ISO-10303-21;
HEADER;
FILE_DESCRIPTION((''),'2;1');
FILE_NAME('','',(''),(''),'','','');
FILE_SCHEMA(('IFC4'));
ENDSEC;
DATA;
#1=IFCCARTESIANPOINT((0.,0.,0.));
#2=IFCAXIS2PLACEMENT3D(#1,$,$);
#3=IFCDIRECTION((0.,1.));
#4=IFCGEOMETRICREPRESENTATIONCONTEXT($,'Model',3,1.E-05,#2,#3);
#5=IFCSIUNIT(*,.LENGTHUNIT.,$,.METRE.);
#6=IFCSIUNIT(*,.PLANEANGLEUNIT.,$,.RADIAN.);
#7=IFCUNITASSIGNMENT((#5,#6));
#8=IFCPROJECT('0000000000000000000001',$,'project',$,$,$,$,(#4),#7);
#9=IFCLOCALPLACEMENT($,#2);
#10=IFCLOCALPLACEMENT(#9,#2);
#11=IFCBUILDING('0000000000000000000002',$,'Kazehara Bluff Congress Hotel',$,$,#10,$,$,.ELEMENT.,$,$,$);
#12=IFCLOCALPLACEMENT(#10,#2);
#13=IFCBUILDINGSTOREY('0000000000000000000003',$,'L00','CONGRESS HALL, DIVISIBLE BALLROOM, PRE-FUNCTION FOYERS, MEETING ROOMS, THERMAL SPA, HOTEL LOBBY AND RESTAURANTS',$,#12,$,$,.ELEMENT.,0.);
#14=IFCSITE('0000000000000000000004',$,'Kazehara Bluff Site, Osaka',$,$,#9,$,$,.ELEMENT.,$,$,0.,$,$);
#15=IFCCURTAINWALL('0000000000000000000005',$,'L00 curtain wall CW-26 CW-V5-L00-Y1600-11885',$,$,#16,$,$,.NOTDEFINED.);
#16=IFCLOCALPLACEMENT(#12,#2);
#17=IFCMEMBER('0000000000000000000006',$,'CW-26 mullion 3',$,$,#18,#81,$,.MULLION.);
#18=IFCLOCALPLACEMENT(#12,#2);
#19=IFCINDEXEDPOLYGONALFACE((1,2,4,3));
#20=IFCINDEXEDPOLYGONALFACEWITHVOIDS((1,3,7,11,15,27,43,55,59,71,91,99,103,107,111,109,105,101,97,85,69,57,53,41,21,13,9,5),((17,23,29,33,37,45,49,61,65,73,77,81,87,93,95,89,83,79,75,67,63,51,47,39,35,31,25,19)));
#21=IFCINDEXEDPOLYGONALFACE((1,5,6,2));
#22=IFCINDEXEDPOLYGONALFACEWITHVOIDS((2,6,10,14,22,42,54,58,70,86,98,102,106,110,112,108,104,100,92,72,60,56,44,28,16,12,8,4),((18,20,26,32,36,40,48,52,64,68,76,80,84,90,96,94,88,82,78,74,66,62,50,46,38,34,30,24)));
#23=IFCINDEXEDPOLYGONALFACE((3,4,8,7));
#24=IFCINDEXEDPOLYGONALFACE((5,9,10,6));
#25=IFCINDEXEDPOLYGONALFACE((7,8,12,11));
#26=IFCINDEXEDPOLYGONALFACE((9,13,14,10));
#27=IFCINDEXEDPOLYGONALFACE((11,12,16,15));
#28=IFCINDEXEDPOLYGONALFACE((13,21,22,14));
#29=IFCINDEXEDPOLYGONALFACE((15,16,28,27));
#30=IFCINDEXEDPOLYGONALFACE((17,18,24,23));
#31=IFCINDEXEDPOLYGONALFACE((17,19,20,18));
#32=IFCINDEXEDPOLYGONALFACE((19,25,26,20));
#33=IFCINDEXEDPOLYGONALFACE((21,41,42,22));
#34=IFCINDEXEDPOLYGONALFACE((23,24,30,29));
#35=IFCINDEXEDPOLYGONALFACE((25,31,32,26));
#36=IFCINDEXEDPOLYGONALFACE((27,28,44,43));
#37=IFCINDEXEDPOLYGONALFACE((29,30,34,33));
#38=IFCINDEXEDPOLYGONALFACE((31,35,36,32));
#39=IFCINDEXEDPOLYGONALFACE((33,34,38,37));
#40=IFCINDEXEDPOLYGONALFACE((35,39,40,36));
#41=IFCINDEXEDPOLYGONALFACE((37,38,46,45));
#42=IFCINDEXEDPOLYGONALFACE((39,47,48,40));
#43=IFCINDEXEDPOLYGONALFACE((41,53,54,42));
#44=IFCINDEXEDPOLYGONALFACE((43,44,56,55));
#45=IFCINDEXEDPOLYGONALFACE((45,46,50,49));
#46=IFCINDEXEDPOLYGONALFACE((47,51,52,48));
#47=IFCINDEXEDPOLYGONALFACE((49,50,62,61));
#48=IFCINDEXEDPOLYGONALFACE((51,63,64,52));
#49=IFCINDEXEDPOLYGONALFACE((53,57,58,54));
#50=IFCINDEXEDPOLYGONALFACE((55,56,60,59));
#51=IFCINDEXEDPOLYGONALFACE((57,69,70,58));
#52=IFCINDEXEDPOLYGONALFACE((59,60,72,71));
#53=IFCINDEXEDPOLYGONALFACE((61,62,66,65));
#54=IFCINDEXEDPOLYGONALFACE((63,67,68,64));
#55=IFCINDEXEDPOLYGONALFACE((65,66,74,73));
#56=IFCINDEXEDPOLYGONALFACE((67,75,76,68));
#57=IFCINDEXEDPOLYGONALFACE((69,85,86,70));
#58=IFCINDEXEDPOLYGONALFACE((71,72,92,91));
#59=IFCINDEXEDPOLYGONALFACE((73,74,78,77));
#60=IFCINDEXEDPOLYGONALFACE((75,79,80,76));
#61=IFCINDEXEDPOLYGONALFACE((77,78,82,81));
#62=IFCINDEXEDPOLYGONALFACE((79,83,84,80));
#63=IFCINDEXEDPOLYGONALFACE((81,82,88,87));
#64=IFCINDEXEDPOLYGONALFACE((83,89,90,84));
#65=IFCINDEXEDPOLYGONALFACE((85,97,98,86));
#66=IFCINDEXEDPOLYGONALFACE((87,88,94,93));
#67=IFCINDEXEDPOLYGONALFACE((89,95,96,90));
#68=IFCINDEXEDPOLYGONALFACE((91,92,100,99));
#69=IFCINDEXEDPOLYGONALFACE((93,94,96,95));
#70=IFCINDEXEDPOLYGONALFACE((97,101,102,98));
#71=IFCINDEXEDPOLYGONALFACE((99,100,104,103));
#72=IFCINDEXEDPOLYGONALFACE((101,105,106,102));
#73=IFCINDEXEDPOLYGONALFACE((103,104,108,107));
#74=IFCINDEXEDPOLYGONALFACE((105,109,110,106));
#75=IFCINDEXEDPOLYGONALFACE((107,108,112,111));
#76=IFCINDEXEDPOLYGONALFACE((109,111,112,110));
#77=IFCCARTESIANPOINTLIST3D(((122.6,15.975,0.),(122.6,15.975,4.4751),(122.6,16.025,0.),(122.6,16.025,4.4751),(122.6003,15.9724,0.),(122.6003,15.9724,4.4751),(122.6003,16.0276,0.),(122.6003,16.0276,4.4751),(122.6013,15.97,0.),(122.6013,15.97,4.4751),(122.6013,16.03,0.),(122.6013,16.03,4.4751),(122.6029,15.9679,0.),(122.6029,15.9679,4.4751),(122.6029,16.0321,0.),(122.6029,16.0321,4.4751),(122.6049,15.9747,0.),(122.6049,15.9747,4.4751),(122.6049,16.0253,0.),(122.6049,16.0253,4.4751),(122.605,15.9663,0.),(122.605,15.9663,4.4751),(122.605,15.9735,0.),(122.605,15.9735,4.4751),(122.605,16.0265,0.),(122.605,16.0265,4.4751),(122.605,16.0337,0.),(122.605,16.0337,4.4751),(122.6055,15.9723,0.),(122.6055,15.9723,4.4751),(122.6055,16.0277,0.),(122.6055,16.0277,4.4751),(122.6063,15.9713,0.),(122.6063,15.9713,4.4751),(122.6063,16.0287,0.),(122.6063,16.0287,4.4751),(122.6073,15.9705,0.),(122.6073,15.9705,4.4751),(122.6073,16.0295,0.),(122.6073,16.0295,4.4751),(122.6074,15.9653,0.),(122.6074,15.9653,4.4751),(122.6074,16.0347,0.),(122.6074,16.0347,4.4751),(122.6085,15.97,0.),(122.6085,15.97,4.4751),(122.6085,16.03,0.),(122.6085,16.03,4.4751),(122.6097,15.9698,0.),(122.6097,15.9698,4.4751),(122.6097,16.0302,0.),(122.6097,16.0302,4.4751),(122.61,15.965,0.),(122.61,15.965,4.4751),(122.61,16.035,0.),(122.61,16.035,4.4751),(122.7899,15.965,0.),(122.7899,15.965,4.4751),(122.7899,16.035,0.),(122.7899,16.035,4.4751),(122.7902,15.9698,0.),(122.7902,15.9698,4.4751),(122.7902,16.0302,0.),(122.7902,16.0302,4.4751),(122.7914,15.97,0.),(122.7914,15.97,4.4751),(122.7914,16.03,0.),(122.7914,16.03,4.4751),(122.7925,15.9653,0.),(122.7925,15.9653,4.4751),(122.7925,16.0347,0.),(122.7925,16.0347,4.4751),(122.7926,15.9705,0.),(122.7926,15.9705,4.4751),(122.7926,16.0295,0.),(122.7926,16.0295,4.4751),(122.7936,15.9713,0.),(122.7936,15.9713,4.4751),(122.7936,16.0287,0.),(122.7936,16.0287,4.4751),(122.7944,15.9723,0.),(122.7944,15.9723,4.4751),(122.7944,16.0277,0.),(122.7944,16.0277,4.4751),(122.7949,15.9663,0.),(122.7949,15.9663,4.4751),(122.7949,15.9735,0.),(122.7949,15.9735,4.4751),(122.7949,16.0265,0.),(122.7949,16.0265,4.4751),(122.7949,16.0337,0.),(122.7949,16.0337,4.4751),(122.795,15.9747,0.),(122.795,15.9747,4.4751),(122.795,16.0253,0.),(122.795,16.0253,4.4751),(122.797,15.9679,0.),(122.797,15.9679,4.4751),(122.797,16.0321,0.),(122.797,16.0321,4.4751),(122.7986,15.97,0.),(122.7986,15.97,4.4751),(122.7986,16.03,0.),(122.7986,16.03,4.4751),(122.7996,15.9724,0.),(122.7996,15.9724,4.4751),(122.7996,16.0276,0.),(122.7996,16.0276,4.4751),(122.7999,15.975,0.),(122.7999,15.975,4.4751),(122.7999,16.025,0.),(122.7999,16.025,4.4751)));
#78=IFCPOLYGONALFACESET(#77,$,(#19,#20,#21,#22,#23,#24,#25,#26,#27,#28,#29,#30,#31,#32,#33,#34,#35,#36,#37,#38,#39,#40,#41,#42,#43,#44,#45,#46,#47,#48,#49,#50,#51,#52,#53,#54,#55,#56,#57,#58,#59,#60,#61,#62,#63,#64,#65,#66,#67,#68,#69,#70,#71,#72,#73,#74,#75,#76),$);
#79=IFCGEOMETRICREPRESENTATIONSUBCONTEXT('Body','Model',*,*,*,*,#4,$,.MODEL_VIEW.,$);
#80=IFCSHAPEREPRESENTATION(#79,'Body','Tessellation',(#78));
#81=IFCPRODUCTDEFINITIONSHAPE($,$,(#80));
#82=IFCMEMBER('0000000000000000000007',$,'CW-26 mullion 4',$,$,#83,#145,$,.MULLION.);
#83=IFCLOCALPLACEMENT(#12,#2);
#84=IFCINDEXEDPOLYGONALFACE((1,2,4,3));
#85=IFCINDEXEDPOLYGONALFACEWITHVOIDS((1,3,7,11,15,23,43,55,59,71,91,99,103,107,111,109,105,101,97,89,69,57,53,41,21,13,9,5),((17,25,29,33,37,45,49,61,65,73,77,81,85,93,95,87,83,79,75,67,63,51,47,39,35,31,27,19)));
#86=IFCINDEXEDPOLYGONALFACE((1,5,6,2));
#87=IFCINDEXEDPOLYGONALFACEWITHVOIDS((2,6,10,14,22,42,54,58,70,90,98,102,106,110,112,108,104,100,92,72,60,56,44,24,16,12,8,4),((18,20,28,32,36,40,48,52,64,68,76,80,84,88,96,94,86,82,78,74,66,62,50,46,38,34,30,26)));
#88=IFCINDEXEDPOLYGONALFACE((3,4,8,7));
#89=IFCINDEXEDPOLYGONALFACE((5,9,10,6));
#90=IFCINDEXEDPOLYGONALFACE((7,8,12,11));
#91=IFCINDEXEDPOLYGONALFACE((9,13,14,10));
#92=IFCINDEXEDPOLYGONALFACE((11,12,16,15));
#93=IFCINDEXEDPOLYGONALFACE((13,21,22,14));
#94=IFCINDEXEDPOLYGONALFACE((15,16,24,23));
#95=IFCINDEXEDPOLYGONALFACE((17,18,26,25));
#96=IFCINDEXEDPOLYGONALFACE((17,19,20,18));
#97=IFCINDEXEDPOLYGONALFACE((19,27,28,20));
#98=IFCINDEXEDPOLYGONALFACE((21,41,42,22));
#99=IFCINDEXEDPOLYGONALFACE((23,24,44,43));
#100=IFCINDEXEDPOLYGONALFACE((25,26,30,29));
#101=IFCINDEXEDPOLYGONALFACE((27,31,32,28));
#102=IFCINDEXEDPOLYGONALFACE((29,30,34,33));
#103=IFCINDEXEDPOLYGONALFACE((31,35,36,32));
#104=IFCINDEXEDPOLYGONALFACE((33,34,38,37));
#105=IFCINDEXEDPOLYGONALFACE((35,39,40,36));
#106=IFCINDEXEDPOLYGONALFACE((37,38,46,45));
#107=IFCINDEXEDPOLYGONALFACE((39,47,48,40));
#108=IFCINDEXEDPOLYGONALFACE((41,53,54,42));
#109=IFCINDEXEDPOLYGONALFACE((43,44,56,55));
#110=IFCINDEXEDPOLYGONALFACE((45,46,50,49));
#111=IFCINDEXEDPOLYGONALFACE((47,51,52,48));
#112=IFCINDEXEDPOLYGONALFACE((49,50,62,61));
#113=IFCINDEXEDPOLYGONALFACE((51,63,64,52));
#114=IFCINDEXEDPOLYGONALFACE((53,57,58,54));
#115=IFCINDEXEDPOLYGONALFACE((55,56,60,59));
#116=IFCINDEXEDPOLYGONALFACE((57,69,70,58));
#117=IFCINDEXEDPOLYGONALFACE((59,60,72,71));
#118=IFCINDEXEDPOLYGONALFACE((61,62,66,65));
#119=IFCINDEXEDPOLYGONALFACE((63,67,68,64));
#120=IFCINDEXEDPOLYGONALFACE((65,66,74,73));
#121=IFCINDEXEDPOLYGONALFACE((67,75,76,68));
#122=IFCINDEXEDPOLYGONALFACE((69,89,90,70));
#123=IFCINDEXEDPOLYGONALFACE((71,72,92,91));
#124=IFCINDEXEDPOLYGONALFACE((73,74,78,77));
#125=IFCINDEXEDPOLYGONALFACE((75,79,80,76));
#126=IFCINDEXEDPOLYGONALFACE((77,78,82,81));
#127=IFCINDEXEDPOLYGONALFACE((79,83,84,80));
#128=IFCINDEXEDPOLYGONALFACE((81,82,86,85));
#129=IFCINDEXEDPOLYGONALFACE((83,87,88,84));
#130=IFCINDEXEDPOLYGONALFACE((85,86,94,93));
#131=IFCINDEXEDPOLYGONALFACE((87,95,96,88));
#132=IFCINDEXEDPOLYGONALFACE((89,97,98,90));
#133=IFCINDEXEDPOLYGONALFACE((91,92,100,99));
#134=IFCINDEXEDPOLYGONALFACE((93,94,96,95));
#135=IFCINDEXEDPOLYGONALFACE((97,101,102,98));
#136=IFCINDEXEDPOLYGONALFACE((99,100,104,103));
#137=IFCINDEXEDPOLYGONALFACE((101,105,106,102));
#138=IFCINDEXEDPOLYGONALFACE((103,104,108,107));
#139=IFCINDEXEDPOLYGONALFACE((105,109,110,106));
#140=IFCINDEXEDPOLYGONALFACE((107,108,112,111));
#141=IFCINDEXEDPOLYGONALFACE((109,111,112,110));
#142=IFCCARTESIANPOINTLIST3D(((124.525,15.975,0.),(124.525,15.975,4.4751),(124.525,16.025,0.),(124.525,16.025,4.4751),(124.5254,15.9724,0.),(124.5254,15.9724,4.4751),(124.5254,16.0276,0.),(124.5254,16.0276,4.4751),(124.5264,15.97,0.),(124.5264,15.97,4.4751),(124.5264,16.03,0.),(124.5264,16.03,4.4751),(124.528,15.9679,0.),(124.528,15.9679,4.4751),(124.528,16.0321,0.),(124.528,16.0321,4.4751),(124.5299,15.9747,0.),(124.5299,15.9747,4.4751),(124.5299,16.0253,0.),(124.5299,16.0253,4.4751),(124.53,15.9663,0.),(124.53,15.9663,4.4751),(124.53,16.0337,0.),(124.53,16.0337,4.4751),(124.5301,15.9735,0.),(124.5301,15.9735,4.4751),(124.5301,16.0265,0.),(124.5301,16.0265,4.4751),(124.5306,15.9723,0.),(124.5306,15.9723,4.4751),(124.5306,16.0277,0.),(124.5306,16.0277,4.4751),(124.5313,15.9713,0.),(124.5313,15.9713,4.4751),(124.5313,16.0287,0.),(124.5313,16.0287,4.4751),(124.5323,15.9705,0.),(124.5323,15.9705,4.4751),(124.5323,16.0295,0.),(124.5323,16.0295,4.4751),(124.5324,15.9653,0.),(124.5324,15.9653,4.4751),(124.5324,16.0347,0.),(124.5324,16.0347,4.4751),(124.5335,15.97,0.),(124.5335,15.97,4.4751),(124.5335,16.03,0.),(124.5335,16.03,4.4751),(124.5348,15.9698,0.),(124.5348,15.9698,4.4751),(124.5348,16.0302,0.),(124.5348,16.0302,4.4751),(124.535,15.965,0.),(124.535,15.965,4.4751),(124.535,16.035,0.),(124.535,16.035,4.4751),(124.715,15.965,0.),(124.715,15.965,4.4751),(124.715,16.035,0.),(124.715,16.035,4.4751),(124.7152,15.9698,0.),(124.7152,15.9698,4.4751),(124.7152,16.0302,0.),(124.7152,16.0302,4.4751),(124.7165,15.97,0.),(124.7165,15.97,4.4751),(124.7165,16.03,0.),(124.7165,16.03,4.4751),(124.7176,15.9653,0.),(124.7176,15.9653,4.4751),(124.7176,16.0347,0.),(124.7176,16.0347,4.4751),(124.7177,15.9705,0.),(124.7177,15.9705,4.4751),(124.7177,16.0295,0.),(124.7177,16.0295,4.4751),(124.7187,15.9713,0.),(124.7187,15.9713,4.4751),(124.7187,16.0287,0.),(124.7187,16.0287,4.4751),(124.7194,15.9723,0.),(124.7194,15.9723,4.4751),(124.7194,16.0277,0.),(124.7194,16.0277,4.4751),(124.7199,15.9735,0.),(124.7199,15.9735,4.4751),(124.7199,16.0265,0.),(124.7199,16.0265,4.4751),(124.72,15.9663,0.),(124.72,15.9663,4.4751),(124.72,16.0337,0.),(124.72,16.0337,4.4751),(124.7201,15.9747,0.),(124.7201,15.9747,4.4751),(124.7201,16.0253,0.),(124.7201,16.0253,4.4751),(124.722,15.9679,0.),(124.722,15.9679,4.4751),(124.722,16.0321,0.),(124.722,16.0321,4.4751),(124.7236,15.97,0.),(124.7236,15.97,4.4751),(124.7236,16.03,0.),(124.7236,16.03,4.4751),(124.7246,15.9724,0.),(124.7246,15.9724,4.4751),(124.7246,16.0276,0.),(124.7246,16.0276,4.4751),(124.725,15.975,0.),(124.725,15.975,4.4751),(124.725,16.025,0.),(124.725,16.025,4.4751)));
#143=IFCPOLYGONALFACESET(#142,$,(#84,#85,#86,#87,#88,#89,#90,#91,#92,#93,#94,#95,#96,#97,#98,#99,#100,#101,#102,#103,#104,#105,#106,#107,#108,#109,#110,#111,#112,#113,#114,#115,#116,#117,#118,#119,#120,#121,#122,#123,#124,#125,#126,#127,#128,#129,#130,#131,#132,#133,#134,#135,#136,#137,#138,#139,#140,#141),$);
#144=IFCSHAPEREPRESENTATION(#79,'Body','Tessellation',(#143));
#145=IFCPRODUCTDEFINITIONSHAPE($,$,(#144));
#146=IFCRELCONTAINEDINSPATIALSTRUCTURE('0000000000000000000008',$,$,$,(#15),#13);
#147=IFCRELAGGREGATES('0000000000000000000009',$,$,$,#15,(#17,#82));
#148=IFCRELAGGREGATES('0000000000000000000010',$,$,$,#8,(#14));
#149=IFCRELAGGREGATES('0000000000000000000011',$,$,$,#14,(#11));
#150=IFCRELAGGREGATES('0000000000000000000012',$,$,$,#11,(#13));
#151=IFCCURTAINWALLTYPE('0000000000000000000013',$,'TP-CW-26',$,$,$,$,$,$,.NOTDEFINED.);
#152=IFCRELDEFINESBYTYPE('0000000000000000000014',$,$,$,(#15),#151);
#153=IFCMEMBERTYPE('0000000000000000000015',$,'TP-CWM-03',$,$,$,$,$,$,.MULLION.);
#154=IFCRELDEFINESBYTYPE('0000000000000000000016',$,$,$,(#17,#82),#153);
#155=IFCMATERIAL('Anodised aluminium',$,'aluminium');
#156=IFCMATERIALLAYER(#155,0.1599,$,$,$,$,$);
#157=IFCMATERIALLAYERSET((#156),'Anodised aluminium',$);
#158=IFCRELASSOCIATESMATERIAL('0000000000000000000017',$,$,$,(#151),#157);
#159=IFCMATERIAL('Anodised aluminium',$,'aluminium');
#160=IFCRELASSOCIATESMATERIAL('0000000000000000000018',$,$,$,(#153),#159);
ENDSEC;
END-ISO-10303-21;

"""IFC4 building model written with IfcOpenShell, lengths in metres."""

from ifc_helpers import new_model, si_unit, direction, frame, origin, origin_2d, place, context, subcontext, project, spatial, hollow_rectangle, extrude, material, layer, layer_set, material_profile, profile_set, type_object, element, aggregate, save


model = new_model("IFC4")

# Units and contexts
model_context = context("Model", 3, precision=1e-05, world=origin(), true_north=direction((0.0, 1.0)))
body_context = subcontext(model_context, "Body", "Model", "MODEL_VIEW")
ifc_project = project(units=[si_unit("LENGTHUNIT", "METRE"), si_unit("PLANEANGLEUNIT", "RADIAN")], contexts=[model_context])

# Site, building, storey
site_placement = place(None, origin())
site = spatial("IfcSite", under=ifc_project, at=site_placement, Name="Kazehara Bluff Site, Osaka", CompositionType="ELEMENT", RefElevation=0.0)
building_placement = place(site_placement, origin())
building = spatial("IfcBuilding", under=site, at=building_placement, Name="Kazehara Bluff Congress Hotel", CompositionType="ELEMENT")
storey_placement = place(building_placement, origin())
storey = spatial("IfcBuildingStorey", under=building, at=storey_placement, Name="L00", Description="CONGRESS HALL, DIVISIBLE BALLROOM, PRE-FUNCTION FOYERS, MEETING ROOMS, THERMAL SPA, HOTEL LOBBY AND RESTAURANTS", CompositionType="ELEMENT", Elevation=0.0)

# Curtain wall, members
ifc_material_1 = material(Name="Anodised aluminium", Category="aluminium")
ifc_layer_1 = layer(ifc_material_1, 0.1599)
ifc_layer_set_1 = layer_set([ifc_layer_1], Name="Anodised aluminium")
curtain_wall_type = type_object("IfcCurtainWallType", Name="TP-CW-26", PredefinedType="NOTDEFINED", material=ifc_layer_set_1)
curtain_wall_placement = place(storey_placement, origin())
curtain_wall = element("IfcCurtainWall", 1, at=curtain_wall_placement, inside=storey, type_object=curtain_wall_type, Name="L00 curtain wall CW-26 CW-V5-L00-Y1600-11885", PredefinedType="NOTDEFINED")
ifc_material_2 = material(Name="Anodised aluminium", Category="aluminium")
ifc_material_profile_1 = material_profile(ifc_material_2, hollow_rectangle(XDim=0.0701, YDim=0.2, WallThickness=0.0049, InnerFilletRadius=0.0049, OuterFilletRadius=0.01, at=origin_2d()))
ifc_profile_set_1 = profile_set([ifc_material_profile_1], Name="Anodised aluminium")
member_type_1 = type_object("IfcMemberType", Name="TP-CWM-03", PredefinedType="MULLION", material=ifc_profile_set_1)
member_1_placement = place(storey_placement, frame((122.7, 16.0, 0.0), z_axis=(0.0, 0.0, 1.0), x_axis=(0.0, 1.0, 0.0)))
member_1 = element("IfcMember", 2, at=member_1_placement, type_object=member_type_1, Name="CW-26 mullion 3", PredefinedType="MULLION", context=body_context, shape_type="SweptSolid", body=[
    extrude(hollow_rectangle(XDim=0.0701, YDim=0.2, WallThickness=0.0049, InnerFilletRadius=0.0049, OuterFilletRadius=0.01, at=origin_2d()), origin(), (0.0, 0.0, 1.0), 4.4751),
])
member_2_placement = place(storey_placement, frame((124.625, 16.0, 0.0), z_axis=(0.0, 0.0, 1.0), x_axis=(0.0, 1.0, 0.0)))
member_2 = element("IfcMember", 3, at=member_2_placement, type_object=member_type_1, Name="CW-26 mullion 4", PredefinedType="MULLION", context=body_context, shape_type="SweptSolid", body=[
    extrude(hollow_rectangle(XDim=0.0701, YDim=0.2, WallThickness=0.0049, InnerFilletRadius=0.0049, OuterFilletRadius=0.01, at=origin_2d()), origin(), (0.0, 0.0, 1.0), 4.4751),
])

aggregate(curtain_wall, [member_1, member_2])

save(model, "model.ifc")
